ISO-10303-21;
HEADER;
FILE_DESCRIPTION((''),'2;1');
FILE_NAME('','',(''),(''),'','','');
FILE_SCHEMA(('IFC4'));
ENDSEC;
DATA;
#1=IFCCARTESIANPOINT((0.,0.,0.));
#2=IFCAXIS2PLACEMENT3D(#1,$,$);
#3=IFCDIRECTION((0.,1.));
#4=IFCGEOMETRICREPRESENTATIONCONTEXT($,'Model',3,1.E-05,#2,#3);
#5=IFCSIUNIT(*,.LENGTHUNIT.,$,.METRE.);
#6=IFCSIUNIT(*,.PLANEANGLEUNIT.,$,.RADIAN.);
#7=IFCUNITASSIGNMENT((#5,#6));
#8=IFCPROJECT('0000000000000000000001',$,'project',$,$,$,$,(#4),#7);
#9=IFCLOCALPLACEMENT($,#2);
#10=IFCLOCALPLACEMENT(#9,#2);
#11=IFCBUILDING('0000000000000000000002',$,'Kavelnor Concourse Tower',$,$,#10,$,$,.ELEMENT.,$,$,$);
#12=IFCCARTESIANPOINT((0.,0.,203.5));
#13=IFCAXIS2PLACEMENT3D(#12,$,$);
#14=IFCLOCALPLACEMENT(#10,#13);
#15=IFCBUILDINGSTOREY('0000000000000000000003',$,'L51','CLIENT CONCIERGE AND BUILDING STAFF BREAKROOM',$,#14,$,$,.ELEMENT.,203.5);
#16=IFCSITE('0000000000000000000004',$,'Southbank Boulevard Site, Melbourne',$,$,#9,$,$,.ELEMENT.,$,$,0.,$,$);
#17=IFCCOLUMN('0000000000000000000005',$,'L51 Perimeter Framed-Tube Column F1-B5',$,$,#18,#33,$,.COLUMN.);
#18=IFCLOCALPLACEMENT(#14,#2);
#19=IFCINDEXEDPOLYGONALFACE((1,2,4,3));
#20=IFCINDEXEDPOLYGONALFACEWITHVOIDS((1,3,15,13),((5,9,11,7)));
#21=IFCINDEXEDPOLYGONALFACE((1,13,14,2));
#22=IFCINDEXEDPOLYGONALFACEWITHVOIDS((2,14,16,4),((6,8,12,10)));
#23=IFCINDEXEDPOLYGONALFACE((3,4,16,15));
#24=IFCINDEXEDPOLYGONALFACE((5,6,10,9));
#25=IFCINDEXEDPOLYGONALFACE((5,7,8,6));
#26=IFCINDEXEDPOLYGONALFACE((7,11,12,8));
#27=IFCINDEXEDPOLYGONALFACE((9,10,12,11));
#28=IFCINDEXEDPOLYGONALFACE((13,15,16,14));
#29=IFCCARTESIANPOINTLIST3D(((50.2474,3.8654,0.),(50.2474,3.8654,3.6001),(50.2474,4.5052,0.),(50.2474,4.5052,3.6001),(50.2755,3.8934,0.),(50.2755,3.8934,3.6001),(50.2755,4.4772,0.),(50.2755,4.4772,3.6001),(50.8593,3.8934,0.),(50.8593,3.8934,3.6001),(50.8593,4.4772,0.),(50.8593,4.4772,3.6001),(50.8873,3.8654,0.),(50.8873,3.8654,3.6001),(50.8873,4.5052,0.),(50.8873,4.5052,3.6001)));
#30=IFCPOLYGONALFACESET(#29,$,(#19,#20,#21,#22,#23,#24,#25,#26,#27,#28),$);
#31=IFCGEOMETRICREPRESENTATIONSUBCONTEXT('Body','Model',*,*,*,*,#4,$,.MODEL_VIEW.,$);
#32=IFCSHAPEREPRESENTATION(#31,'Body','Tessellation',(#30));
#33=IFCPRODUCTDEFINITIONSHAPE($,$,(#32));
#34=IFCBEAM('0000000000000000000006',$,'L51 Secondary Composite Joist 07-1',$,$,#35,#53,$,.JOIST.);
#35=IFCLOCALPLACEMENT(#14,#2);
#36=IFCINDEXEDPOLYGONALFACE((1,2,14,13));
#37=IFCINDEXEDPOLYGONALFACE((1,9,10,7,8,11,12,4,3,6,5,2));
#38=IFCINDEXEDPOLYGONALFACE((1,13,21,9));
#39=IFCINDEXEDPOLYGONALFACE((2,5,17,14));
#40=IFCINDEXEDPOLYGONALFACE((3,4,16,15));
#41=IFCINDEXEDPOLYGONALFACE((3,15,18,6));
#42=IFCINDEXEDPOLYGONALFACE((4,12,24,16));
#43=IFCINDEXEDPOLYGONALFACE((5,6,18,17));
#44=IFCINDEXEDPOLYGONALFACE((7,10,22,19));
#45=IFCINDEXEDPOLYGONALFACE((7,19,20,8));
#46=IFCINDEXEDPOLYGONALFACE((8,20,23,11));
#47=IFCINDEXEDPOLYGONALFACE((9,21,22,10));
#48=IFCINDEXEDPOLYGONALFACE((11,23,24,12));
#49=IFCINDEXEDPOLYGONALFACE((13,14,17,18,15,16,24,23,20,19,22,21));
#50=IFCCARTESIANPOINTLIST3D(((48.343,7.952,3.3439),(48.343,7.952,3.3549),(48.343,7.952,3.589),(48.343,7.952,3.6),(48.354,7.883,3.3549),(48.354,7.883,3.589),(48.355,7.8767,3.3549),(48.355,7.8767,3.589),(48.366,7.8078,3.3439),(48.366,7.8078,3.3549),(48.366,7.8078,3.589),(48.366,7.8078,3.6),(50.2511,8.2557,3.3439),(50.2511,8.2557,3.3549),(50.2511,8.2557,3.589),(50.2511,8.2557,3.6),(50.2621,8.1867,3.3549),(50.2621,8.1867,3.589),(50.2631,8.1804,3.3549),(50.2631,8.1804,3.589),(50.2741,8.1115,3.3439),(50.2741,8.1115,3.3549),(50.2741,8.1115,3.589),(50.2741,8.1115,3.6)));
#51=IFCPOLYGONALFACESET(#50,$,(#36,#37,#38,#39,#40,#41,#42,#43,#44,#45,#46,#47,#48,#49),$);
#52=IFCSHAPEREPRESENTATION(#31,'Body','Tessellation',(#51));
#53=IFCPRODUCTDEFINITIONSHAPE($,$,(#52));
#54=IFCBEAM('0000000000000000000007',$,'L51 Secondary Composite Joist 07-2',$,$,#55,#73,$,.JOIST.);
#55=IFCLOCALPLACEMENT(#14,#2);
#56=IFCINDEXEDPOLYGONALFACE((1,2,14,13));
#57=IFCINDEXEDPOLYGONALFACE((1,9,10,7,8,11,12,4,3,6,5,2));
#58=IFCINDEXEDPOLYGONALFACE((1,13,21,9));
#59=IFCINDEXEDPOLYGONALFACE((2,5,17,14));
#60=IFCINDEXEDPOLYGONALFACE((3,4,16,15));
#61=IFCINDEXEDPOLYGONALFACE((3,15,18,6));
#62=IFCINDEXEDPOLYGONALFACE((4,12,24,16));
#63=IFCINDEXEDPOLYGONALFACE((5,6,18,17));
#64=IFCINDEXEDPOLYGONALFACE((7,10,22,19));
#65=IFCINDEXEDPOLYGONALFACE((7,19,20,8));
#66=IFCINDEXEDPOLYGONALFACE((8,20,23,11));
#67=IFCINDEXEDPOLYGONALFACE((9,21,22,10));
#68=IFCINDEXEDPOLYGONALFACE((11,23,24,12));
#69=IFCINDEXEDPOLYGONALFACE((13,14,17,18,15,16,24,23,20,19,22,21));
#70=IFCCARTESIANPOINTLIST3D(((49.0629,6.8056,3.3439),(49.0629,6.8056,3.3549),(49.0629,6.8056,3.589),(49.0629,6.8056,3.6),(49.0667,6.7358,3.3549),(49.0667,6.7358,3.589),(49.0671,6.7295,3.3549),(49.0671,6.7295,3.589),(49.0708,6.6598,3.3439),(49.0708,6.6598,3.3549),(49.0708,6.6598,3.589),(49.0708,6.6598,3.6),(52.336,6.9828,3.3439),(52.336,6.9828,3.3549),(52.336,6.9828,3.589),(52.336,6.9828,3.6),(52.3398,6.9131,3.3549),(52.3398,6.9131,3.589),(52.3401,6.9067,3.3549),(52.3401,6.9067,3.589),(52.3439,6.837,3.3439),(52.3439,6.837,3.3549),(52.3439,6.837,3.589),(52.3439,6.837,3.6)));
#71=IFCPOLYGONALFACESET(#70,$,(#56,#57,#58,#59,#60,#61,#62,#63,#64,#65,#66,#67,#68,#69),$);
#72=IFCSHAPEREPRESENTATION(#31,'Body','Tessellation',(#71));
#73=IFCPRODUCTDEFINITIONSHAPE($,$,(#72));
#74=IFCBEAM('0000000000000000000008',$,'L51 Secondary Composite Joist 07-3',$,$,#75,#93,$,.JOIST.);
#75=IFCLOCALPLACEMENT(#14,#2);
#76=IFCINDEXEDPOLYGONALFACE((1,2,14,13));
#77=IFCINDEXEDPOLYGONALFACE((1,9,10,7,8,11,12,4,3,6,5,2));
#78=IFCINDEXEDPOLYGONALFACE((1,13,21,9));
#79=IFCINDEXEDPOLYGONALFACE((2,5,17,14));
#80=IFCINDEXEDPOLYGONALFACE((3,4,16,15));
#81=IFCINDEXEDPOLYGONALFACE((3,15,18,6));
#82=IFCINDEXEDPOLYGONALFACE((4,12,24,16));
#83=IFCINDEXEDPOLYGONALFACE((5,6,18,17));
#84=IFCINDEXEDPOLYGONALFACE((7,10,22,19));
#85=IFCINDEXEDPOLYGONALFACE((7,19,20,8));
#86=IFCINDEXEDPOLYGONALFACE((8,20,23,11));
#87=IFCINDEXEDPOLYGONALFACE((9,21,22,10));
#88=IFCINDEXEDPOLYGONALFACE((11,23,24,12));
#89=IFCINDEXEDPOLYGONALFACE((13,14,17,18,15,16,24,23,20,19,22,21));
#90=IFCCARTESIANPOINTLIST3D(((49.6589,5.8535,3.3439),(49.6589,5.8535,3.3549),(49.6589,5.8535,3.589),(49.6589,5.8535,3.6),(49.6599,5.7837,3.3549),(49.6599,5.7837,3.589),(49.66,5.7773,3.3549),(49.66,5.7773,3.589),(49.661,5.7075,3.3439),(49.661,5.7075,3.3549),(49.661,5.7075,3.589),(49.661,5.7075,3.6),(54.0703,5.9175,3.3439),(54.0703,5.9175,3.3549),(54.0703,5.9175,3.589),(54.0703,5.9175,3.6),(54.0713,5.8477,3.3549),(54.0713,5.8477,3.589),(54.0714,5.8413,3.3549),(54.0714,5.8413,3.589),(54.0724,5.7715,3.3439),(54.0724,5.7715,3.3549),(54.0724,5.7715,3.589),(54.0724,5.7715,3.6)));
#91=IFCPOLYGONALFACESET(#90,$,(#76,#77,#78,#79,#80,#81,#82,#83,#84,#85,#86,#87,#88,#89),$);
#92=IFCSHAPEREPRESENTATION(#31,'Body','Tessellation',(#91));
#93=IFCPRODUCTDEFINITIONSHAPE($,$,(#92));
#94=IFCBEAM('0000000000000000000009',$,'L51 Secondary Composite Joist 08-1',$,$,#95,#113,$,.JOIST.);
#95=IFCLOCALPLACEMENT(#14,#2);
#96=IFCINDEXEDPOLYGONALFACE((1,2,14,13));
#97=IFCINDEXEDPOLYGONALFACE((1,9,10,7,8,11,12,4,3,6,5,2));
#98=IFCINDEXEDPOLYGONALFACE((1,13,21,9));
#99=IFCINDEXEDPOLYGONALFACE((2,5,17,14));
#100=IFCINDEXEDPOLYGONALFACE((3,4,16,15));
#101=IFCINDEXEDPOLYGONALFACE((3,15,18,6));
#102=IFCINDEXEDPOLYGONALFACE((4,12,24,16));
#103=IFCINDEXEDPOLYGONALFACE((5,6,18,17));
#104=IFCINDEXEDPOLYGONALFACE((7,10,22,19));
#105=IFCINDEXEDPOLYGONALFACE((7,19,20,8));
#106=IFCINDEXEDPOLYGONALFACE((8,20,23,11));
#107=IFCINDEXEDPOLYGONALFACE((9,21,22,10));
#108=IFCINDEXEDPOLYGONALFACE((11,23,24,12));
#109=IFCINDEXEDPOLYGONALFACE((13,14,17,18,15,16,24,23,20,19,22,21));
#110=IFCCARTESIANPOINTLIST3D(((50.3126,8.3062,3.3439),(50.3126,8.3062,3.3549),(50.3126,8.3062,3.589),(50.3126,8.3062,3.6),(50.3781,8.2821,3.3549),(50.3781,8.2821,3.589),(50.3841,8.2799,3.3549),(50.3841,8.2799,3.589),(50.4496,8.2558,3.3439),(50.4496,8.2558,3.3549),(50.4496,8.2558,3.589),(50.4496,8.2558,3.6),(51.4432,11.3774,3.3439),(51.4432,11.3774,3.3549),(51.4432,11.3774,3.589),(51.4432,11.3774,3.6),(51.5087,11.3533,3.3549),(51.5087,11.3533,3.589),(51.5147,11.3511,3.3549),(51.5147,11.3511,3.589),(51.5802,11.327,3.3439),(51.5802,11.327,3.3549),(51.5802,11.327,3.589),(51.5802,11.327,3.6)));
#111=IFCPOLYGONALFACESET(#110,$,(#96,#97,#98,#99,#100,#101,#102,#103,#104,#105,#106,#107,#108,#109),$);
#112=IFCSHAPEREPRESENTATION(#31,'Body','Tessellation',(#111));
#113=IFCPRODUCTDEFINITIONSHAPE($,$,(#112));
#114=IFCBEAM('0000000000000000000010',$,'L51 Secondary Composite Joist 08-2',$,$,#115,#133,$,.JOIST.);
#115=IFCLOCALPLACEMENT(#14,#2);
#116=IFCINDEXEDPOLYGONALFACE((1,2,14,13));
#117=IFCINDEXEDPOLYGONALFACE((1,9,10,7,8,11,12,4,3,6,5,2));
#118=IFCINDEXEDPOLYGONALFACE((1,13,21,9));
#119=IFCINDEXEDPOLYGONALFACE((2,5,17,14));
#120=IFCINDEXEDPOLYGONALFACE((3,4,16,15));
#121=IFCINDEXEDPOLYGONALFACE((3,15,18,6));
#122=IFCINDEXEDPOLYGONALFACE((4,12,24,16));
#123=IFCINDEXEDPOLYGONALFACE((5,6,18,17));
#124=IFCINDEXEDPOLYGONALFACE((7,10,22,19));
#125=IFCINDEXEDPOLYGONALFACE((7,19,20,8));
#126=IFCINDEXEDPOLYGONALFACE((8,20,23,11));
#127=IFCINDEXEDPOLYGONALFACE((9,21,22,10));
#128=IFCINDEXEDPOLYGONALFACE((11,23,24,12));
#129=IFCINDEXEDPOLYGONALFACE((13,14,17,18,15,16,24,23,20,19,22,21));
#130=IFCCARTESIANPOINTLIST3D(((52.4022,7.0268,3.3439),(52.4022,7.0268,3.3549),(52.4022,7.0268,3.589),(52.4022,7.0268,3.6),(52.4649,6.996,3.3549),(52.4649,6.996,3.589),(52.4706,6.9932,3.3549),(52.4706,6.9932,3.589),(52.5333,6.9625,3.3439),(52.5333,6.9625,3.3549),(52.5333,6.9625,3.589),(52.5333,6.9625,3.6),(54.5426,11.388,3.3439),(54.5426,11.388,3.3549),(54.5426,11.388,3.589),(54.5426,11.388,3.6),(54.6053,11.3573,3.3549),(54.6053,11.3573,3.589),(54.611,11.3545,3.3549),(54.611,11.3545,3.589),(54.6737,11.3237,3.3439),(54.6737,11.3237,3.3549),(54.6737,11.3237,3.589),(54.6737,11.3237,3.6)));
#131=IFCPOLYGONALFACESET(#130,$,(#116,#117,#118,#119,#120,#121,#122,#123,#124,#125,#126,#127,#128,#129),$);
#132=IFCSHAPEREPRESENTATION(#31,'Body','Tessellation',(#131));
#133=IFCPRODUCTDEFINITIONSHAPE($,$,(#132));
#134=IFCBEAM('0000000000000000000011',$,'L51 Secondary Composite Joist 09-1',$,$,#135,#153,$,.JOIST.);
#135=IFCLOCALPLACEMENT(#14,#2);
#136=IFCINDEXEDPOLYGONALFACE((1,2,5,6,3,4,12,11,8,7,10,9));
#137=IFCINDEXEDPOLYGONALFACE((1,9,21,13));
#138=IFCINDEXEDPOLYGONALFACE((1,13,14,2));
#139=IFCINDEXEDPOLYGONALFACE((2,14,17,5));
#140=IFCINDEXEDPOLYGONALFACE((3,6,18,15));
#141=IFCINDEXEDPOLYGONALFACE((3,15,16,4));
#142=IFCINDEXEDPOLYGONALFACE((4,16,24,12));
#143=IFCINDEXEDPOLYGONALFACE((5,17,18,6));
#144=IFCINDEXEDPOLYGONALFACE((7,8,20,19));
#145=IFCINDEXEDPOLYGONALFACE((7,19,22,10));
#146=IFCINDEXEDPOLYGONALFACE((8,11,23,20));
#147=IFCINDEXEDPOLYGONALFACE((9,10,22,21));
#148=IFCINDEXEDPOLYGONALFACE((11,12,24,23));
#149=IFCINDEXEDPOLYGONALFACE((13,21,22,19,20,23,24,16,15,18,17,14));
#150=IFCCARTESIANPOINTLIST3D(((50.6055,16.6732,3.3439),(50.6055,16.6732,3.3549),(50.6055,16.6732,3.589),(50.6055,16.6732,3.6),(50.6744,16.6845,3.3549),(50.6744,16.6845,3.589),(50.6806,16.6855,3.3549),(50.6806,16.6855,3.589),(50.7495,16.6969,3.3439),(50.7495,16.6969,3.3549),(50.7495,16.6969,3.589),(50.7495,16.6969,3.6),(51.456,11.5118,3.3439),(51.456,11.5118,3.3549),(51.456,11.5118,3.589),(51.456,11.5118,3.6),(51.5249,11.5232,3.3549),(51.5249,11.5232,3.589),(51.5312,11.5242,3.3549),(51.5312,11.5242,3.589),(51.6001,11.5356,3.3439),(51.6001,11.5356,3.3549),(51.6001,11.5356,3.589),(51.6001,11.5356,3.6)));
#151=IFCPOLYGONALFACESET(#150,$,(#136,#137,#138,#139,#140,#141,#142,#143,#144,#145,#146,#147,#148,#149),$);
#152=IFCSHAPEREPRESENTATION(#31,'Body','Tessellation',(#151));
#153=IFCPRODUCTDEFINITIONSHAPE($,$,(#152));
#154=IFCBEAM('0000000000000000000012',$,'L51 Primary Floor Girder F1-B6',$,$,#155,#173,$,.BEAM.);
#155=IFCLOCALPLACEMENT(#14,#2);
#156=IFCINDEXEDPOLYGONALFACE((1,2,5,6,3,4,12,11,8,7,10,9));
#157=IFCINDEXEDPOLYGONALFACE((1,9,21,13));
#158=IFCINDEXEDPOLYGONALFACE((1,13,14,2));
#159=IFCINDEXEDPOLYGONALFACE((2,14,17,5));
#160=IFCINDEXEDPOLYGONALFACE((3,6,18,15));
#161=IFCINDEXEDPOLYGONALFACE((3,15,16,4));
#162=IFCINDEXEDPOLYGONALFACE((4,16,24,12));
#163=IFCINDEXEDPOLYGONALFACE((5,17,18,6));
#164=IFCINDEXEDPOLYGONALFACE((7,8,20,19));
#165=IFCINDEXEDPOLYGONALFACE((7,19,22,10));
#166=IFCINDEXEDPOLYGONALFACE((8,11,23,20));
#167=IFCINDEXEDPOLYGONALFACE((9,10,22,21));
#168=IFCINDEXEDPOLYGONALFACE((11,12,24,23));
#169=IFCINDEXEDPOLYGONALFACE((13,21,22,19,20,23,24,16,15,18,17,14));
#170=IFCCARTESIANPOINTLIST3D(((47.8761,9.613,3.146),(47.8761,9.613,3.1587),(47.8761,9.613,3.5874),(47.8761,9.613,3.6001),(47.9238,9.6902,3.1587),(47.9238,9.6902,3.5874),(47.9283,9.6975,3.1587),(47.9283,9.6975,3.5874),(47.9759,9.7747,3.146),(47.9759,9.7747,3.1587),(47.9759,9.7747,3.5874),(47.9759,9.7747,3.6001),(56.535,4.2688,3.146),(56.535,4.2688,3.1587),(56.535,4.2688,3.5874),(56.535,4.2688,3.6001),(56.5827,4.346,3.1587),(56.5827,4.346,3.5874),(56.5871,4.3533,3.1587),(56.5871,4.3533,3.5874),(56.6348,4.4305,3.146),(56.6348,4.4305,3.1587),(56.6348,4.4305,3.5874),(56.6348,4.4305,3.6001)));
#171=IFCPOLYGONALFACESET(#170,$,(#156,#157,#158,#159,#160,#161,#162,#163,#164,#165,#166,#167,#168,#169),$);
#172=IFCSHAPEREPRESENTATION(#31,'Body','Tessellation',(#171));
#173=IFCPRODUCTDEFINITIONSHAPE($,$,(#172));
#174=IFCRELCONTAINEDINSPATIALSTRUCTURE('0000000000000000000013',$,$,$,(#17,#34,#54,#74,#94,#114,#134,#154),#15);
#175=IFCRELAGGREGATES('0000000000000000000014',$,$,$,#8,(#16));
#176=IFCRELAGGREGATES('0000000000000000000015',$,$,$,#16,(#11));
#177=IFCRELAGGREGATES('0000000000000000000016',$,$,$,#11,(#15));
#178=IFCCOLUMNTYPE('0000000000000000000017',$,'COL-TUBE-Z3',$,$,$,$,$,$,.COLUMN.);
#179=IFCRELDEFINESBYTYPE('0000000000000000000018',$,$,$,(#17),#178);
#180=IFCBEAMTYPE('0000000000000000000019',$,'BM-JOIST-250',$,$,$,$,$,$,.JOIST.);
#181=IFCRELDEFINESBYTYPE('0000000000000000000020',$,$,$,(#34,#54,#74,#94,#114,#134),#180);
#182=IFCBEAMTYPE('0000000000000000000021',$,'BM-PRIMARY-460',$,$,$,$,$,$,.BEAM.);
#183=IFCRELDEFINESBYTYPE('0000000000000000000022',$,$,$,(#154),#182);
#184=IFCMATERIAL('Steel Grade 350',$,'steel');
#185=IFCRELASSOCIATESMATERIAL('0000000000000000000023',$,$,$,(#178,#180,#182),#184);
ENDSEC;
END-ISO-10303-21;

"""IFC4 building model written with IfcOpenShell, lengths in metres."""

from ifc_helpers import new_model, si_unit, direction, frame, origin, origin_2d, place, context, subcontext, project, spatial, hollow_rectangle, i_section, extrude, material, material_profile, profile_set, type_object, element, save


model = new_model("IFC4")

# Units and contexts
model_context = context("Model", 3, precision=1e-05, world=origin(), true_north=direction((0.0, 1.0)))
body_context = subcontext(model_context, "Body", "Model", "MODEL_VIEW")
ifc_project = project(units=[si_unit("LENGTHUNIT", "METRE"), si_unit("PLANEANGLEUNIT", "RADIAN")], contexts=[model_context])

# Site, building, storey
site_placement = place(None, origin())
site = spatial("IfcSite", under=ifc_project, at=site_placement, Name="Southbank Boulevard Site, Melbourne", CompositionType="ELEMENT", RefElevation=0.0)
building_placement = place(site_placement, origin())
building = spatial("IfcBuilding", under=site, at=building_placement, Name="Kavelnor Concourse Tower", CompositionType="ELEMENT")
storey_placement = place(building_placement, frame((0.0, 0.0, 203.5)))
storey = spatial("IfcBuildingStorey", under=building, at=storey_placement, Name="L51", Description="CLIENT CONCIERGE AND BUILDING STAFF BREAKROOM", CompositionType="ELEMENT", Elevation=203.5)

# Column
ifc_material_1 = material(Name="Steel Grade 350", Category="steel")
ifc_material_profile_1 = material_profile(ifc_material_1, hollow_rectangle(XDim=0.6399, YDim=0.6399, WallThickness=0.0281, at=origin_2d()), Name="SHS 640x640x28")
ifc_profile_set_1 = profile_set([ifc_material_profile_1], Name="Steel Grade 350")
column_type = type_object("IfcColumnType", Name="COL-TUBE-Z3", PredefinedType="COLUMN", material=ifc_profile_set_1)
column_placement = place(storey_placement, frame((50.5674, 4.1853, 0.0), z_axis=(0.0, 0.0, 1.0), x_axis=(1.0, 0.0, 0.0)))
element("IfcColumn", 1, at=column_placement, inside=storey, type_object=column_type, Name="L51 Perimeter Framed-Tube Column F1-B5", PredefinedType="COLUMN", context=body_context, shape_type="SweptSolid", body=[
    extrude(hollow_rectangle(XDim=0.6399, YDim=0.6399, WallThickness=0.0281, at=origin_2d()), origin(), (0.0, 0.0, 1.0), 3.6001),
])

# Beams
ifc_material_profile_2 = material_profile(ifc_material_1, i_section(OverallWidth=0.146, OverallDepth=0.2561, WebThickness=0.0063, FlangeThickness=0.011, at=origin_2d()), Name="250UB37")
ifc_profile_set_2 = profile_set([ifc_material_profile_2], Name="Steel Grade 350")
beam_type_1 = type_object("IfcBeamType", Name="BM-JOIST-250", PredefinedType="JOIST", material=ifc_profile_set_2)
beam_1_placement = place(storey_placement, frame((48.3545, 7.8799, 3.4719), z_axis=(0.98757, 0.157182, 0.0), x_axis=(-0.157182, 0.98757, 0.0)))
element("IfcBeam", 2, at=beam_1_placement, inside=storey, type_object=beam_type_1, Name="L51 Secondary Composite Joist 07-1", PredefinedType="JOIST", context=body_context, shape_type="SweptSolid", body=[
    extrude(i_section(OverallWidth=0.146, OverallDepth=0.2561, WebThickness=0.0063, FlangeThickness=0.011, at=origin_2d()), origin(), (0.0, 0.0, 1.0), 1.9321),
])
beam_2_placement = place(storey_placement, frame((49.0669, 6.7327, 3.4719), z_axis=(0.998537, 0.054076, 0.0), x_axis=(-0.054076, 0.998537, 0.0)))
element("IfcBeam", 3, at=beam_2_placement, inside=storey, type_object=beam_type_1, Name="L51 Secondary Composite Joist 07-2", PredefinedType="JOIST", context=body_context, shape_type="SweptSolid", body=[
    extrude(i_section(OverallWidth=0.146, OverallDepth=0.2561, WebThickness=0.0063, FlangeThickness=0.011, at=origin_2d()), origin(), (0.0, 0.0, 1.0), 3.2778),
])
beam_3_placement = place(storey_placement, frame((49.6599, 5.7805, 3.4719), z_axis=(0.999895, 0.014498, 0.0), x_axis=(-0.014498, 0.999895, 0.0)))
element("IfcBeam", 4, at=beam_3_placement, inside=storey, type_object=beam_type_1, Name="L51 Secondary Composite Joist 07-3", PredefinedType="JOIST", context=body_context, shape_type="SweptSolid", body=[
    extrude(i_section(OverallWidth=0.146, OverallDepth=0.2561, WebThickness=0.0063, FlangeThickness=0.011, at=origin_2d()), origin(), (0.0, 0.0, 1.0), 4.4119),
])
beam_4_placement = place(storey_placement, frame((50.3811, 8.281, 3.4719), z_axis=(0.34546, 0.938434, 0.0), x_axis=(-0.938434, 0.34546, 0.0)))
element("IfcBeam", 5, at=beam_4_placement, inside=storey, type_object=beam_type_1, Name="L51 Secondary Composite Joist 08-1", PredefinedType="JOIST", context=body_context, shape_type="SweptSolid", body=[
    extrude(i_section(OverallWidth=0.146, OverallDepth=0.2561, WebThickness=0.0063, FlangeThickness=0.011, at=origin_2d()), origin(), (0.0, 0.0, 1.0), 3.2727),
])
beam_5_placement = place(storey_placement, frame((52.4678, 6.9946, 3.4719), z_axis=(0.440568, 0.897719, 0.0), x_axis=(-0.897719, 0.440568, 0.0)))
element("IfcBeam", 6, at=beam_5_placement, inside=storey, type_object=beam_type_1, Name="L51 Secondary Composite Joist 08-2", PredefinedType="JOIST", context=body_context, shape_type="SweptSolid", body=[
    extrude(i_section(OverallWidth=0.146, OverallDepth=0.2561, WebThickness=0.0063, FlangeThickness=0.011, at=origin_2d()), origin(), (0.0, 0.0, 1.0), 4.8582),
])
beam_6_placement = place(storey_placement, frame((51.5281, 11.5237, 3.4719), z_axis=(-0.162605, 0.986691, 0.0), x_axis=(-0.986691, -0.162605, 0.0)))
element("IfcBeam", 7, at=beam_6_placement, inside=storey, type_object=beam_type_1, Name="L51 Secondary Composite Joist 09-1", PredefinedType="JOIST", context=body_context, shape_type="SweptSolid", body=[
    extrude(i_section(OverallWidth=0.146, OverallDepth=0.2561, WebThickness=0.0063, FlangeThickness=0.011, at=origin_2d()), origin(), (0.0, 0.0, 1.0), 5.231),
])
ifc_material_profile_3 = material_profile(ifc_material_1, i_section(OverallWidth=0.1899, OverallDepth=0.4541, WebThickness=0.0085, FlangeThickness=0.0127, at=origin_2d()), Name="460UB67")
ifc_profile_set_3 = profile_set([ifc_material_profile_3], Name="Steel Grade 350")
beam_type_2 = type_object("IfcBeamType", Name="BM-PRIMARY-460", PredefinedType="BEAM", material=ifc_profile_set_3)
beam_7_placement = place(storey_placement, frame((47.926, 9.6938, 3.373), z_axis=(0.850971, -0.525213, 0.0), x_axis=(0.525213, 0.850971, 0.0)))
element("IfcBeam", 8, at=beam_7_placement, inside=storey, type_object=beam_type_2, Name="L51 Primary Floor Girder F1-B6", PredefinedType="BEAM", context=body_context, shape_type="SweptSolid", body=[
    extrude(i_section(OverallWidth=0.1899, OverallDepth=0.4541, WebThickness=0.0085, FlangeThickness=0.0127, at=origin_2d()), origin(), (0.0, 0.0, 1.0), 10.1753),
])

save(model, "model.ifc")
